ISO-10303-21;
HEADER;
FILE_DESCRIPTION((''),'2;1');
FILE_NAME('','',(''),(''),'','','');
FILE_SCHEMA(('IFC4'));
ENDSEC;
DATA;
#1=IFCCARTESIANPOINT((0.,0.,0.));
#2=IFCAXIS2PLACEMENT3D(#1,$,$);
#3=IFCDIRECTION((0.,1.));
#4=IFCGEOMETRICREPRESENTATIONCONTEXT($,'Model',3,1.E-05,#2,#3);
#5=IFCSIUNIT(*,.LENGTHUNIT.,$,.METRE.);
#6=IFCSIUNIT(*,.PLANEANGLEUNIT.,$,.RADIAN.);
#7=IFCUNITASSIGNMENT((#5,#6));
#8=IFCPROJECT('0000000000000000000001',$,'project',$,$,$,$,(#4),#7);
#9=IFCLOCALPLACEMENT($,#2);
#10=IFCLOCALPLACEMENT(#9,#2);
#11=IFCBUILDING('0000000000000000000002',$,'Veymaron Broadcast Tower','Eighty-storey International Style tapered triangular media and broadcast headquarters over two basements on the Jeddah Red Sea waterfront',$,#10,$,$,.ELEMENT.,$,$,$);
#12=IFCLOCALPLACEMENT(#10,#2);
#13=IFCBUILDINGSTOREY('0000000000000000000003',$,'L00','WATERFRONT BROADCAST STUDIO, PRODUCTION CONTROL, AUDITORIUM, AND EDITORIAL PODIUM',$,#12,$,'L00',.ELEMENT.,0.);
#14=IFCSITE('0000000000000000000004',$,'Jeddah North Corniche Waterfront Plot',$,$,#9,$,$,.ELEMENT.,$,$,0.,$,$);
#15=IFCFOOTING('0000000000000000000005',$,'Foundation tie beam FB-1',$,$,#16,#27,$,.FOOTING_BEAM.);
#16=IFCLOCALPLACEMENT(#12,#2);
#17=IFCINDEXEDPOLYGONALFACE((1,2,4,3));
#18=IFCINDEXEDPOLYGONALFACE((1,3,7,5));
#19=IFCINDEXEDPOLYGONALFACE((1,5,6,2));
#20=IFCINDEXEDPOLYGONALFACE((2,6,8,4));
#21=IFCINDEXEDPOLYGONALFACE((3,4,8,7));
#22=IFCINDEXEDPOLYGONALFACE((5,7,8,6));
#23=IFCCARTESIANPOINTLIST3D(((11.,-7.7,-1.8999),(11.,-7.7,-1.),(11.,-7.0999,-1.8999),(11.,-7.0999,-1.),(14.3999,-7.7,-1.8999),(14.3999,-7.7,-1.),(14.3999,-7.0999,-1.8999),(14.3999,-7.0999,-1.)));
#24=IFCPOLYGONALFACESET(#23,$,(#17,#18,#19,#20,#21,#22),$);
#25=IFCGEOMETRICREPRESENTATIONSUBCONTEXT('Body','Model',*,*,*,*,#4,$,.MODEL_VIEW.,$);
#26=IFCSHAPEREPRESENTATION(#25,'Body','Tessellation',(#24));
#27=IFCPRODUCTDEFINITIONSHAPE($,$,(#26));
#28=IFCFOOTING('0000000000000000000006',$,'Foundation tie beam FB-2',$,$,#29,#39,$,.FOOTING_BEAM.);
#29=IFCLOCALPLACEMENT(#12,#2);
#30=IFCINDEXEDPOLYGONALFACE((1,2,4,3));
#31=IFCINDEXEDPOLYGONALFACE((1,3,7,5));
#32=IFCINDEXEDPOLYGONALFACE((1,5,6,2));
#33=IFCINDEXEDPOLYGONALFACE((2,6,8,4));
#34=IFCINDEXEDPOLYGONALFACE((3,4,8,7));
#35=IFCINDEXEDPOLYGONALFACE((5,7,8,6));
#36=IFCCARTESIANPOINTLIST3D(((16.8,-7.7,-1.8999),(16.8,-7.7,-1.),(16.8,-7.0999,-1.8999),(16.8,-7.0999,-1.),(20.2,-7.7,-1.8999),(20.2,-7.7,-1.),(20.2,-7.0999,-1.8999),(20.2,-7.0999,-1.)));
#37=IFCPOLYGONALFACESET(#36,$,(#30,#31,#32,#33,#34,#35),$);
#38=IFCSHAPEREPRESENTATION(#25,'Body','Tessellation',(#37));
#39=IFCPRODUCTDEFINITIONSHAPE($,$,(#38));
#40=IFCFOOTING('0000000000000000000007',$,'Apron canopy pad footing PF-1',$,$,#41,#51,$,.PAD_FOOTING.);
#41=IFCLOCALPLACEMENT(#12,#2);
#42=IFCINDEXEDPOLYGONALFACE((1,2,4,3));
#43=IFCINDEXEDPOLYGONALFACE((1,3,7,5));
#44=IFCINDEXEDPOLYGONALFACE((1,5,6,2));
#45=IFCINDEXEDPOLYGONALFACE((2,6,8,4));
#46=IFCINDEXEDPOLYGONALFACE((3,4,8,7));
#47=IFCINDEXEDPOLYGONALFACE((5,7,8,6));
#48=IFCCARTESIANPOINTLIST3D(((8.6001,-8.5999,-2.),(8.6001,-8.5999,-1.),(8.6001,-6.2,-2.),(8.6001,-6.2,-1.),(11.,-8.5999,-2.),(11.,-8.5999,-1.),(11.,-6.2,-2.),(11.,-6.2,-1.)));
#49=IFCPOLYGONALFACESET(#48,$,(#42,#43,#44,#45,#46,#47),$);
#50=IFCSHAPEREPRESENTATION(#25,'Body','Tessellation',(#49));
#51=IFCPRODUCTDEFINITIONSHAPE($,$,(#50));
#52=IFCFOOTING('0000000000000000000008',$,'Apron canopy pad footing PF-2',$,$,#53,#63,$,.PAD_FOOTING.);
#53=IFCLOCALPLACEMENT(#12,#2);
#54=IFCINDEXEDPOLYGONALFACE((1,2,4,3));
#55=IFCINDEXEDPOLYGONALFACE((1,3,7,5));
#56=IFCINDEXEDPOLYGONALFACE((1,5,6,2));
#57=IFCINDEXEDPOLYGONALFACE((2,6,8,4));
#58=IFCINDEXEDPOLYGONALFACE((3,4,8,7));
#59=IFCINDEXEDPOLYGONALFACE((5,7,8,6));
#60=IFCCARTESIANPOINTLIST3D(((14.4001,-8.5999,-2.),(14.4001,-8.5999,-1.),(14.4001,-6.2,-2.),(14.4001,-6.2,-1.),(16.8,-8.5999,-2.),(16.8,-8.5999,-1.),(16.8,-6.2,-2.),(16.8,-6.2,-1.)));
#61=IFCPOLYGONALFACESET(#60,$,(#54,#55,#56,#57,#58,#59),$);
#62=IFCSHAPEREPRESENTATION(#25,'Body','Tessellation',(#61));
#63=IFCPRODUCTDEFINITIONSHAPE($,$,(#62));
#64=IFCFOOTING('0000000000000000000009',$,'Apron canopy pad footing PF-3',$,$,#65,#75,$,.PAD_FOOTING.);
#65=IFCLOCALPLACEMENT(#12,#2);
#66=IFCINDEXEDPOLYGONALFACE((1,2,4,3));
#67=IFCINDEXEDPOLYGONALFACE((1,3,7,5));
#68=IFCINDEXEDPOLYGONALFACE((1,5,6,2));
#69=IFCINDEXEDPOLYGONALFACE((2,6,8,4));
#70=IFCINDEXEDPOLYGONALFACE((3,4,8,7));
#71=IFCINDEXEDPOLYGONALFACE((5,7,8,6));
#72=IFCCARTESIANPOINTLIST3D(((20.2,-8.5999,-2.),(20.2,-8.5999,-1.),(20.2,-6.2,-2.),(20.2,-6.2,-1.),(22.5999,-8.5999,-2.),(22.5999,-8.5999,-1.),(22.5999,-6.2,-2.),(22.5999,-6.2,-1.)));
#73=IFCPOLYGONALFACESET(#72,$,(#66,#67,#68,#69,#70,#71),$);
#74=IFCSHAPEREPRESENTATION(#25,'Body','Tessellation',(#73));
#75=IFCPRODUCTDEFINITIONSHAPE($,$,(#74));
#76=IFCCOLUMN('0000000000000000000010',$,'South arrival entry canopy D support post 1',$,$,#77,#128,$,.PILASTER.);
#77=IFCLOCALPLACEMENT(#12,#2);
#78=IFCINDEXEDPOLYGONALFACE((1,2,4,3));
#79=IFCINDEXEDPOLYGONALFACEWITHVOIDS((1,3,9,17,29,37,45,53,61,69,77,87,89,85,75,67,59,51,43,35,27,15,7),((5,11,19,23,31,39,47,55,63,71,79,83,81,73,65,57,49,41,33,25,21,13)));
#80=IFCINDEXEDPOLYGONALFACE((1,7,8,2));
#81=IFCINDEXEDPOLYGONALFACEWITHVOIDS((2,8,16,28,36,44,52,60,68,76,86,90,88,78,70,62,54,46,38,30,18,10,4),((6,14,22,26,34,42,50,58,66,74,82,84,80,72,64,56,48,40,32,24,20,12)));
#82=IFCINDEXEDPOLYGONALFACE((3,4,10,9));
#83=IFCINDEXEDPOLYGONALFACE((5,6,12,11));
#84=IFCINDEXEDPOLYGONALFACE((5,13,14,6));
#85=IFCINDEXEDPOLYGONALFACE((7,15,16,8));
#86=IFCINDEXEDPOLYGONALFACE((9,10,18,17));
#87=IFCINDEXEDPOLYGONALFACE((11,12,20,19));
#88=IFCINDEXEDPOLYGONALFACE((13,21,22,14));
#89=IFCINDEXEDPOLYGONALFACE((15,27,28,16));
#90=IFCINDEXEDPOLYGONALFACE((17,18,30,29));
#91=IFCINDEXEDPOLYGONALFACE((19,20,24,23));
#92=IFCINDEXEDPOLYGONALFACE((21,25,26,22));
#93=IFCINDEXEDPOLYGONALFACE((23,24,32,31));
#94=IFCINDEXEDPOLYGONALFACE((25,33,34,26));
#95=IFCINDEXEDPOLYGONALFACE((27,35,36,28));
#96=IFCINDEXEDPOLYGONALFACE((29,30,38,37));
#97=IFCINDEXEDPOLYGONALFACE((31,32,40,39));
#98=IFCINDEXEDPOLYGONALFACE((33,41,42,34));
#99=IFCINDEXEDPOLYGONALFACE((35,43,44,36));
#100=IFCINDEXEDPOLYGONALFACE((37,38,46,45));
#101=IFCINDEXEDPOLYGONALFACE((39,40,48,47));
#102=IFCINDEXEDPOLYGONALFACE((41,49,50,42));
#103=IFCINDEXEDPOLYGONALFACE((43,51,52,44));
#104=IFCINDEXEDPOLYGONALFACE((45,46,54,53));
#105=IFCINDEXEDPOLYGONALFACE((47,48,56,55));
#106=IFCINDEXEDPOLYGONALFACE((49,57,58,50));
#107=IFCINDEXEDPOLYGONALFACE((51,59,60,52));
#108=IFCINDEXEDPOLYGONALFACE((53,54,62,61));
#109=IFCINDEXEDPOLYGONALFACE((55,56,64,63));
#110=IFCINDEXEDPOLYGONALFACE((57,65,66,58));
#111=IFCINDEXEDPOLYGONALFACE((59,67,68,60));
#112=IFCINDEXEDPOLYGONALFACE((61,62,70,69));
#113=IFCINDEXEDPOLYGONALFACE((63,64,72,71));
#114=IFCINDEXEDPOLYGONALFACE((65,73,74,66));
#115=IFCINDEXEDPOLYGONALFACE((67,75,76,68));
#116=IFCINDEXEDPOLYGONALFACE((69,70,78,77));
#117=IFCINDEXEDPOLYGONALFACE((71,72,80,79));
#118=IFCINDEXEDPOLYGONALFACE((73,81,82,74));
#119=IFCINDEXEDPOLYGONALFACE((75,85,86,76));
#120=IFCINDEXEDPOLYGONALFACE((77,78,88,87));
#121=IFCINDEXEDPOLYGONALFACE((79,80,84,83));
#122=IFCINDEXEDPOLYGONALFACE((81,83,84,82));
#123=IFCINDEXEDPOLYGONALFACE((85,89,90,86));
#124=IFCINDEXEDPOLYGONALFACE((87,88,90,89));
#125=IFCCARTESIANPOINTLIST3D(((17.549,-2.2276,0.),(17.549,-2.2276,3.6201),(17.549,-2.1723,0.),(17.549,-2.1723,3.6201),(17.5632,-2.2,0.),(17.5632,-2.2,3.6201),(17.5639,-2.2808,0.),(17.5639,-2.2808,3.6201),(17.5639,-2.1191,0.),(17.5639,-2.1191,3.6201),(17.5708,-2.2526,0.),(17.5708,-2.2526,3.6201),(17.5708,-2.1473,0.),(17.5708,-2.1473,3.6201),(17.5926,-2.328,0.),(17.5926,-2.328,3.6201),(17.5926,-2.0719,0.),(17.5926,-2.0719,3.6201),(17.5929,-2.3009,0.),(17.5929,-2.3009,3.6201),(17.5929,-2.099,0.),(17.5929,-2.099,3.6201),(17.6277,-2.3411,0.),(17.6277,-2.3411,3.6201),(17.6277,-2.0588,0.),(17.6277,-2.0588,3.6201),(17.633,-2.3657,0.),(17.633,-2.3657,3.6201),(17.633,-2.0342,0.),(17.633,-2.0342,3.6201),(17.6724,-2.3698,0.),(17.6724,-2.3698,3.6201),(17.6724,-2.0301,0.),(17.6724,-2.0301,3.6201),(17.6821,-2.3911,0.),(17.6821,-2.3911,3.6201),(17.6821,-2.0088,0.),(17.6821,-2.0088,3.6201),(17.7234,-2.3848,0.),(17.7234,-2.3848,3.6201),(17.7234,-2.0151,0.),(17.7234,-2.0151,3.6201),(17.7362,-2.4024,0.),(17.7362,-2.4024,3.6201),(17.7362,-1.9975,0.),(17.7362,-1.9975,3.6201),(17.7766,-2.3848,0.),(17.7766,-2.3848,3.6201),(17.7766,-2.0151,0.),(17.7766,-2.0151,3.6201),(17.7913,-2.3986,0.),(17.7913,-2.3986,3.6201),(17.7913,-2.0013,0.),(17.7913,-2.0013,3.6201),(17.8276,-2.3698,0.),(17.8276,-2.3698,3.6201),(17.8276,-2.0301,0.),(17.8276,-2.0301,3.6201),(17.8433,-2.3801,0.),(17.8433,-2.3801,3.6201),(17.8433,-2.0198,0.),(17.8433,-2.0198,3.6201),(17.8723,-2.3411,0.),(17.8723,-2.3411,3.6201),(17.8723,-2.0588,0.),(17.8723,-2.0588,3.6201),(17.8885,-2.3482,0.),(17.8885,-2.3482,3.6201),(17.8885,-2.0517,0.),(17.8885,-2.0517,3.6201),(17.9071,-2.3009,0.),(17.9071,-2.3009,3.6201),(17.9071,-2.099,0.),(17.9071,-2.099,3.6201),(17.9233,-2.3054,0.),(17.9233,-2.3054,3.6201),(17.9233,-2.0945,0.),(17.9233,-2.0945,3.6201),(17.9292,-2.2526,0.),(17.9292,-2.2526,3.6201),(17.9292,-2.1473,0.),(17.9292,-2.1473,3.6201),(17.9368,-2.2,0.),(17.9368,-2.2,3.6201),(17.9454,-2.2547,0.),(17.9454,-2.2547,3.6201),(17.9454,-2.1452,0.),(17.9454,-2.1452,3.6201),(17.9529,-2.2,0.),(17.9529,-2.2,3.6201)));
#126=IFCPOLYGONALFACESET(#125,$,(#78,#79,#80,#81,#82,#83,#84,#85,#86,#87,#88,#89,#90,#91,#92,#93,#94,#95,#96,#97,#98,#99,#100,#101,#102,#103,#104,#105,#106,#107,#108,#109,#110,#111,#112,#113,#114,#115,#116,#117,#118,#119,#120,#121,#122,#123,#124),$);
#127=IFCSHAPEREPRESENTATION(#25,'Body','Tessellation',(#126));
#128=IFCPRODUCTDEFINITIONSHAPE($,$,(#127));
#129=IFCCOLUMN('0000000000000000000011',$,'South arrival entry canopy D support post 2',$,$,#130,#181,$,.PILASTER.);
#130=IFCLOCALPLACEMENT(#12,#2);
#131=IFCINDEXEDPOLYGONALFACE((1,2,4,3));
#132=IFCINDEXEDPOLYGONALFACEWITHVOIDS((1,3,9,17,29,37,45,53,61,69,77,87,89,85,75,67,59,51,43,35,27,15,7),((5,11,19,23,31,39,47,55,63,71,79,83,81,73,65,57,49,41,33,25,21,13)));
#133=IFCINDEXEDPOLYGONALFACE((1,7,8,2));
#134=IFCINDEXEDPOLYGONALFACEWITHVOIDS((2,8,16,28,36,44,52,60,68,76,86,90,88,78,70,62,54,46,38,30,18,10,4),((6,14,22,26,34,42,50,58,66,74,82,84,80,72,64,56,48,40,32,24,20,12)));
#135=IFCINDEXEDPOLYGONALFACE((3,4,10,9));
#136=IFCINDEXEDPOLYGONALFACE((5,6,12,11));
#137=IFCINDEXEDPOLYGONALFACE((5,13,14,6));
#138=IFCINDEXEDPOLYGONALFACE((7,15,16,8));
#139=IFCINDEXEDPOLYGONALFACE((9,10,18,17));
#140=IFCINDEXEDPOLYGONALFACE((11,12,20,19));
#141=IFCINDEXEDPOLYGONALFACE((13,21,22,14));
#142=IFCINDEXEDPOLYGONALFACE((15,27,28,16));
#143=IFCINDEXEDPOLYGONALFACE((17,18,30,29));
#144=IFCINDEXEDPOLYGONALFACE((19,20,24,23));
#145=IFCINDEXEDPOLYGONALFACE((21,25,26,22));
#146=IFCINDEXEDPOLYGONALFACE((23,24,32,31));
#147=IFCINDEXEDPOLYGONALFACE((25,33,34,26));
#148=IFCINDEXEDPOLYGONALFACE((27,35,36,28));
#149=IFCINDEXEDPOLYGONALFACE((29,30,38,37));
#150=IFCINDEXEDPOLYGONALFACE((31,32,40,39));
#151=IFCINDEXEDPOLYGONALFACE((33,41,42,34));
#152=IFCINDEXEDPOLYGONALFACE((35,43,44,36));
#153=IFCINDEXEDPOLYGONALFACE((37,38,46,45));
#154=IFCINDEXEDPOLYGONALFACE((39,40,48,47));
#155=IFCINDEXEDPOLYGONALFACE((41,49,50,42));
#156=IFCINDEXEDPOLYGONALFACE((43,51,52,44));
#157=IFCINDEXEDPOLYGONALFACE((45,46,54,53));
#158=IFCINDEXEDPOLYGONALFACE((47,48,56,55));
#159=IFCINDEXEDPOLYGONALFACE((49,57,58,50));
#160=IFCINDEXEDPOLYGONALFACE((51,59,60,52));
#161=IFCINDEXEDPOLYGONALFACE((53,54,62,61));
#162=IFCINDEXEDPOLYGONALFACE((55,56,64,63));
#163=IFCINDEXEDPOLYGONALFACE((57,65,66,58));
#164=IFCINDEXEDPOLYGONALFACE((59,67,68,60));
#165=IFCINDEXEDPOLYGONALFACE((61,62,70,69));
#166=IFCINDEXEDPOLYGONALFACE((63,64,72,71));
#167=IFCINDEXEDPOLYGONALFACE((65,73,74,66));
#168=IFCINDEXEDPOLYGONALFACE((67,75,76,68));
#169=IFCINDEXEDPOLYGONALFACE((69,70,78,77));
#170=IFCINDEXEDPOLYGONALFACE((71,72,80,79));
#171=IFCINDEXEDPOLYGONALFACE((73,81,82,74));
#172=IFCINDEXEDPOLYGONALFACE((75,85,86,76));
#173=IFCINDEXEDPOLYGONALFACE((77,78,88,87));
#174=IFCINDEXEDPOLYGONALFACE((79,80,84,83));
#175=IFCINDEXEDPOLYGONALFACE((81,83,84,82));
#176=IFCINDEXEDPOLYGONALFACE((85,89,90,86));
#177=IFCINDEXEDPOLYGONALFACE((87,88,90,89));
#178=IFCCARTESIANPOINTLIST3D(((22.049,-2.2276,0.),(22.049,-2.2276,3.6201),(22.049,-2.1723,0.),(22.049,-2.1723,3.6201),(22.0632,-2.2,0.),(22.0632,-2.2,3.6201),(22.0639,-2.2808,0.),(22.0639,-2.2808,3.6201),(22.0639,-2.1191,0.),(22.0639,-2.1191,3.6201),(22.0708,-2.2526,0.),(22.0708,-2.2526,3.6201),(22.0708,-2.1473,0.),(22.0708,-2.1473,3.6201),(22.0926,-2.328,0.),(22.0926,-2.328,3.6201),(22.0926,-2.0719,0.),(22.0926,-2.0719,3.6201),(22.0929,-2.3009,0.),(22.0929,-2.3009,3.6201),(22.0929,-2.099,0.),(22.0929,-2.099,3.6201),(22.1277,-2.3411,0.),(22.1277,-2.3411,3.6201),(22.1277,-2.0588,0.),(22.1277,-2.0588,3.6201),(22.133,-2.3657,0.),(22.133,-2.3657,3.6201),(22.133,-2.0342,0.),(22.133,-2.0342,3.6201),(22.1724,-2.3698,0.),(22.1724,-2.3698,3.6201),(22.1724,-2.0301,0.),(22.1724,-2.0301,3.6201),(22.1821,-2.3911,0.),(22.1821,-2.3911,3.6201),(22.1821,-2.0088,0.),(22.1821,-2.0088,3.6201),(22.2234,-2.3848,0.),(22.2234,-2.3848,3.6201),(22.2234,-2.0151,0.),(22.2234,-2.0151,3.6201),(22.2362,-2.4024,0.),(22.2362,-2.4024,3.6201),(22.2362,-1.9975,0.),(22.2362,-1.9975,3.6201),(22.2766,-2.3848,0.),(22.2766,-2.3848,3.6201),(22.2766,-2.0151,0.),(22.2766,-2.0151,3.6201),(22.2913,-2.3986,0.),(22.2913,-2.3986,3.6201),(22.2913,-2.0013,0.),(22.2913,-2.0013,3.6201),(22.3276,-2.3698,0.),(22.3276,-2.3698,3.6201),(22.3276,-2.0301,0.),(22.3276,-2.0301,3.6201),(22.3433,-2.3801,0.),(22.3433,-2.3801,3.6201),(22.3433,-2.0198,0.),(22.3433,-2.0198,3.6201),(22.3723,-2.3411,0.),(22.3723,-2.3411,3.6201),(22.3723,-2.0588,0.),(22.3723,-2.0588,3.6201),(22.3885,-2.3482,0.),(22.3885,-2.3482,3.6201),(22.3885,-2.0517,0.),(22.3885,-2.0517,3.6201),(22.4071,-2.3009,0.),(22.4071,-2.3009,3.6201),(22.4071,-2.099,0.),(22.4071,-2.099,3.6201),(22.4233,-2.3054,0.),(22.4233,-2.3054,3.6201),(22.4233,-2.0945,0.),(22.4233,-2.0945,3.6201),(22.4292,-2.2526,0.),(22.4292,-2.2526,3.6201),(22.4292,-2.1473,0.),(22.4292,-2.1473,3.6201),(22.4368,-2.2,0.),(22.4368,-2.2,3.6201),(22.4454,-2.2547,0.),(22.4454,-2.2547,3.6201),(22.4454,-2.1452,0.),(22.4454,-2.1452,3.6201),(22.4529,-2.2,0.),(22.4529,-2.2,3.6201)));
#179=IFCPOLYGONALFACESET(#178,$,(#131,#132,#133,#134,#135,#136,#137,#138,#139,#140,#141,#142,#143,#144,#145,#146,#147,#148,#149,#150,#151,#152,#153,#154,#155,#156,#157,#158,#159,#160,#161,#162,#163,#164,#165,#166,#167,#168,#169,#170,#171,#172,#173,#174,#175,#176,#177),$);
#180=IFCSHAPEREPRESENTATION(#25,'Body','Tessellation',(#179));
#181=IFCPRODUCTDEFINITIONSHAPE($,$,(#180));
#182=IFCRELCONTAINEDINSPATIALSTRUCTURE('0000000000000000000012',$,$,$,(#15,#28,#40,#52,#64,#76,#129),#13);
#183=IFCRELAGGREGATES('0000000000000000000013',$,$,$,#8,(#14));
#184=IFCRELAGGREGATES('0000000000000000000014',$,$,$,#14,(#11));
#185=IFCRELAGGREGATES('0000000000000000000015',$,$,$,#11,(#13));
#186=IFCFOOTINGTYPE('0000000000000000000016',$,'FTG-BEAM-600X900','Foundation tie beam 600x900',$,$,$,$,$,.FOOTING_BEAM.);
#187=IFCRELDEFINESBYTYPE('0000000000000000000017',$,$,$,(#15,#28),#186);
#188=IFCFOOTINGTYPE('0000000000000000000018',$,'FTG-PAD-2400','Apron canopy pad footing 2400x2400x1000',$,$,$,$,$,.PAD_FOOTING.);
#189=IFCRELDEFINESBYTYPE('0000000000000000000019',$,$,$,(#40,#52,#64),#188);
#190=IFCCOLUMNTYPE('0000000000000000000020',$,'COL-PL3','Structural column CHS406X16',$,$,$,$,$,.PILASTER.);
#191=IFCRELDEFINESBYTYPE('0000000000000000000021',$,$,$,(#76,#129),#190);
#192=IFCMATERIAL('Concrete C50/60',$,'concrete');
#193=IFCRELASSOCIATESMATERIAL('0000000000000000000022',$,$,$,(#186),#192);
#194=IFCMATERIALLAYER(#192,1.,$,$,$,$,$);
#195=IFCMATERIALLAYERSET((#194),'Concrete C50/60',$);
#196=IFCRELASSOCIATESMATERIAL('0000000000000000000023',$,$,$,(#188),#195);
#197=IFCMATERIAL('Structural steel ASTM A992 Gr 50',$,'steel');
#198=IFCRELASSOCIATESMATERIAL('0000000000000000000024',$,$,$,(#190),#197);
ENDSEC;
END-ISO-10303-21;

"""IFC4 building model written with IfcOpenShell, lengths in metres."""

from ifc_helpers import new_model, si_unit, direction, frame, origin, origin_2d, place, context, subcontext, project, spatial, rectangle, hollow_circle, extrude, material, layer, layer_set, material_profile, profile_set, type_object, element, save


model = new_model("IFC4")

# Units and contexts
model_context = context("Model", 3, precision=1e-05, world=origin(), true_north=direction((0.0, 1.0)))
body_context = subcontext(model_context, "Body", "Model", "MODEL_VIEW")
ifc_project = project(units=[si_unit("LENGTHUNIT", "METRE"), si_unit("PLANEANGLEUNIT", "RADIAN")], contexts=[model_context])

# Site, building, storey
site_placement = place(None, origin())
site = spatial("IfcSite", under=ifc_project, at=site_placement, Name="Jeddah North Corniche Waterfront Plot", CompositionType="ELEMENT", RefElevation=0.0)
building_placement = place(site_placement, origin())
building = spatial("IfcBuilding", under=site, at=building_placement, Name="Veymaron Broadcast Tower", Description="Eighty-storey International Style tapered triangular media and broadcast headquarters over two basements on the Jeddah Red Sea waterfront", CompositionType="ELEMENT")
storey_placement = place(building_placement, origin())
storey = spatial("IfcBuildingStorey", under=building, at=storey_placement, Name="L00", Description="WATERFRONT BROADCAST STUDIO, PRODUCTION CONTROL, AUDITORIUM, AND EDITORIAL PODIUM", LongName="L00", CompositionType="ELEMENT", Elevation=0.0)

# Footings
ifc_material_1 = material(Name="Concrete C50/60", Category="concrete")
ifc_material_profile_1 = material_profile(ifc_material_1, rectangle(XDim=0.6001, YDim=0.8999, at=origin_2d()), Name="RC600X900")
ifc_profile_set_1 = profile_set([ifc_material_profile_1], Name="Concrete C50/60")
footing_type_1 = type_object("IfcFootingType", Name="FTG-BEAM-600X900", Description="Foundation tie beam 600x900", PredefinedType="FOOTING_BEAM", material=ifc_profile_set_1)
for number, where, z_axis, x_axis, name in (
    (1, (11.0, -7.3999, -1.45), (1.0, 0.0, 0.0), (0.0, 1.0, 0.0), "Foundation tie beam FB-1"),
    (2, (16.8, -7.3999, -1.45), (1.0, 0.0, 0.0), (0.0, 1.0, 0.0), "Foundation tie beam FB-2"),
):
    element("IfcFooting", number, at=place(storey_placement, frame(where, z_axis=z_axis, x_axis=x_axis)), inside=storey, type_object=footing_type_1, Name=name, PredefinedType="FOOTING_BEAM", context=body_context, shape_type="SweptSolid", body=[
        extrude(rectangle(XDim=0.6001, YDim=0.8999, at=origin_2d()), origin(), (0.0, 0.0, 1.0), 3.3999),
    ])
ifc_layer_1 = layer(ifc_material_1, 1.0)
ifc_layer_set_1 = layer_set([ifc_layer_1], Name="Concrete C50/60")
footing_type_2 = type_object("IfcFootingType", Name="FTG-PAD-2400", Description="Apron canopy pad footing 2400x2400x1000", PredefinedType="PAD_FOOTING", material=ifc_layer_set_1)
for number, where, z_axis, x_axis, name in (
    (3, (9.8, -7.3999, -2.0), (0.0, 0.0, 1.0), (1.0, 0.0, 0.0), "Apron canopy pad footing PF-1"),
    (4, (15.6001, -7.3999, -2.0), (0.0, 0.0, 1.0), (1.0, 0.0, 0.0), "Apron canopy pad footing PF-2"),
    (5, (21.3999, -7.3999, -2.0), (0.0, 0.0, 1.0), (1.0, 0.0, 0.0), "Apron canopy pad footing PF-3"),
):
    element("IfcFooting", number, at=place(storey_placement, frame(where, z_axis=z_axis, x_axis=x_axis)), inside=storey, type_object=footing_type_2, Name=name, PredefinedType="PAD_FOOTING", context=body_context, shape_type="SweptSolid", body=[
        extrude(rectangle(XDim=2.3999, YDim=2.3999, at=origin_2d()), origin(), (0.0, 0.0, 1.0), 1.0),
    ])

# Columns
ifc_material_2 = material(Name="Structural steel ASTM A992 Gr 50", Category="steel")
ifc_material_profile_2 = material_profile(ifc_material_2, hollow_circle(Radius=0.2029, WallThickness=0.0161, at=origin_2d()), Name="CHS406X16")
ifc_profile_set_2 = profile_set([ifc_material_profile_2], Name="Structural steel ASTM A992 Gr 50")
column_type_1 = type_object("IfcColumnType", Name="COL-PL3", Description="Structural column CHS406X16", PredefinedType="PILASTER", material=ifc_profile_set_2)
for number, where, z_axis, x_axis, name in (
    (6, (17.75, -2.2, 0.0), (0.0, 0.0, 1.0), (1.0, 0.0, 0.0), "South arrival entry canopy D support post 1"),
    (7, (22.25, -2.2, 0.0), (0.0, 0.0, 1.0), (1.0, 0.0, 0.0), "South arrival entry canopy D support post 2"),
):
    element("IfcColumn", number, at=place(storey_placement, frame(where, z_axis=z_axis, x_axis=x_axis)), inside=storey, type_object=column_type_1, Name=name, PredefinedType="PILASTER", context=body_context, shape_type="SweptSolid", body=[
        extrude(hollow_circle(Radius=0.2029, WallThickness=0.0161, at=origin_2d()), origin(), (0.0, 0.0, 1.0), 3.6201),
    ])

save(model, "model.ifc")
